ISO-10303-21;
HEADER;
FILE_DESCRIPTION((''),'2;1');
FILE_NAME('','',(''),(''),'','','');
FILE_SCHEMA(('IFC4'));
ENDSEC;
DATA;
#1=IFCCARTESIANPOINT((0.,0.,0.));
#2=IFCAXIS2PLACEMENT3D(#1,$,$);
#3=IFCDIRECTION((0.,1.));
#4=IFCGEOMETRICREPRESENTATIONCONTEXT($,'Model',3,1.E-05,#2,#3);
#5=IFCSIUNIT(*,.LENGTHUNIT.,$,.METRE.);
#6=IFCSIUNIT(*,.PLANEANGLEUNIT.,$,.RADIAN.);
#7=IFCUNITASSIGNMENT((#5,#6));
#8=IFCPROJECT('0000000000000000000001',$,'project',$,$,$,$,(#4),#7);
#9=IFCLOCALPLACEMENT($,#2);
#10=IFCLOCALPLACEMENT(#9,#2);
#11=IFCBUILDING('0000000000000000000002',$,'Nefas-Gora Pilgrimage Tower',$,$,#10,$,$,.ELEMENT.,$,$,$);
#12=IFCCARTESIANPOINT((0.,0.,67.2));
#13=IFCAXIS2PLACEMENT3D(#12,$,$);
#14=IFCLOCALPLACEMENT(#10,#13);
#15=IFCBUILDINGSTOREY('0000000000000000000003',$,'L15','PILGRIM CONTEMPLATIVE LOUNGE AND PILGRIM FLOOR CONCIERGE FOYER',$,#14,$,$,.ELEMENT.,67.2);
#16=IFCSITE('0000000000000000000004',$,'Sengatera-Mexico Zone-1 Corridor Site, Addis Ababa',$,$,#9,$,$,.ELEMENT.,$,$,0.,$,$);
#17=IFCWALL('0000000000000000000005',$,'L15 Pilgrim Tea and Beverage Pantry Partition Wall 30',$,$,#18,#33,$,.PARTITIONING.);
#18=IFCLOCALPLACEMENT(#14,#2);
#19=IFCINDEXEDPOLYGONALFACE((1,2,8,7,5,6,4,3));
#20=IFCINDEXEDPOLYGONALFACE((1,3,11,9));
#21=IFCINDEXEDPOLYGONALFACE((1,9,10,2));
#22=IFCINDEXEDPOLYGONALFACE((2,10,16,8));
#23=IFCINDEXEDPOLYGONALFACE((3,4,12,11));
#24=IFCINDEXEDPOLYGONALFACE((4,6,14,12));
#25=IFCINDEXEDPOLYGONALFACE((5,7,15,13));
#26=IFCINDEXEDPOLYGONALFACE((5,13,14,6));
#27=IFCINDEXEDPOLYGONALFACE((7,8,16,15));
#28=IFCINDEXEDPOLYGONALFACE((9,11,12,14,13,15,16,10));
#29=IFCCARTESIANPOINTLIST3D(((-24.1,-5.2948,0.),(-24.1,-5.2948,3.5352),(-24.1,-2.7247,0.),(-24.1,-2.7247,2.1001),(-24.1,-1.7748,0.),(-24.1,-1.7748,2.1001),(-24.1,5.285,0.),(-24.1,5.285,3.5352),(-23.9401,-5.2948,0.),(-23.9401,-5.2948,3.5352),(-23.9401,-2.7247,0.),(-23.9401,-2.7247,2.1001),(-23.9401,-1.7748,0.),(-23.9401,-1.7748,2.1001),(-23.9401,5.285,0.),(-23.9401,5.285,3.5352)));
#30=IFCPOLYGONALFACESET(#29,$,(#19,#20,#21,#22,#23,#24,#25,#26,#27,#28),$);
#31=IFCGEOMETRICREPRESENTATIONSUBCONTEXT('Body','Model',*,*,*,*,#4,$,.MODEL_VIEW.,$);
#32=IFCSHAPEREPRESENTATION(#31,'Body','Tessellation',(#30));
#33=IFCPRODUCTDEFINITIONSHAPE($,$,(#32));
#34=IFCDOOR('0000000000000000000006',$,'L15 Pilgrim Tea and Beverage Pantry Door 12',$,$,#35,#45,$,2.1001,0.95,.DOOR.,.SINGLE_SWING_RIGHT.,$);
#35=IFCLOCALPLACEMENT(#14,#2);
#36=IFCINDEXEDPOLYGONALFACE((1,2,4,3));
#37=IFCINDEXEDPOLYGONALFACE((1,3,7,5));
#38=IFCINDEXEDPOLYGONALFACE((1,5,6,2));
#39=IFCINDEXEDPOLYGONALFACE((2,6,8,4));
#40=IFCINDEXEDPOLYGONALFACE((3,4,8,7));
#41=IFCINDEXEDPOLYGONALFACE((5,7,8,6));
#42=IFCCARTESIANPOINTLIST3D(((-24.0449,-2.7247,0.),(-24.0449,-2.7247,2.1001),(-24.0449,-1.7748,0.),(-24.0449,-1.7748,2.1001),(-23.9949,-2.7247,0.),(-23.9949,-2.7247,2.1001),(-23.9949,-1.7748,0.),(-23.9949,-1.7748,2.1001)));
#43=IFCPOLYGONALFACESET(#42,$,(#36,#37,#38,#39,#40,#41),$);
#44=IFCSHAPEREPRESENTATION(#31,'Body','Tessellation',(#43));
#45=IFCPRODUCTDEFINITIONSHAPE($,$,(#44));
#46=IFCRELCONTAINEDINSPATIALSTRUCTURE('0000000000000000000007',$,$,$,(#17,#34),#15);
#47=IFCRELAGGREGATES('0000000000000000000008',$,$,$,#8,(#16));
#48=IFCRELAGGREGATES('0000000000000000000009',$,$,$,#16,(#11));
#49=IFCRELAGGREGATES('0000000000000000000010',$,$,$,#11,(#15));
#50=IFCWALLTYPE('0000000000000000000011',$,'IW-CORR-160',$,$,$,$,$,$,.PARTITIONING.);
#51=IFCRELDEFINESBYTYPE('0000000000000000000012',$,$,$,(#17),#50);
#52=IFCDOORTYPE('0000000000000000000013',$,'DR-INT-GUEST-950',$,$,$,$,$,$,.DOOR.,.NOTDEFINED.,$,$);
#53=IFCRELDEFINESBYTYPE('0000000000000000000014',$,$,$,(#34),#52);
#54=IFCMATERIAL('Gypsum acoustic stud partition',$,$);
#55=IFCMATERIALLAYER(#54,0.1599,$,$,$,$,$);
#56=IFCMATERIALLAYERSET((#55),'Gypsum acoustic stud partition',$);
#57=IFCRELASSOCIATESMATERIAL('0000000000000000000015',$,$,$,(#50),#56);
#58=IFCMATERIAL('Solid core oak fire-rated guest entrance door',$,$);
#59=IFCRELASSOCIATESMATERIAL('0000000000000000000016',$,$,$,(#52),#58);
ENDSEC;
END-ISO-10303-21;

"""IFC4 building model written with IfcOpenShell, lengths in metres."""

from ifc_helpers import new_model, si_unit, direction, frame, frame_2d, origin, place, context, subcontext, project, spatial, rectangle, extrude, source, transform, mapped, material, layer, layer_set, type_object, element, fill, save


model = new_model("IFC4")

# Units and contexts
model_context = context("Model", 3, precision=1e-05, world=origin(), true_north=direction((0.0, 1.0)))
body_context = subcontext(model_context, "Body", "Model", "MODEL_VIEW")
ifc_project = project(units=[si_unit("LENGTHUNIT", "METRE"), si_unit("PLANEANGLEUNIT", "RADIAN")], contexts=[model_context])

# Site, building, storey
site_placement = place(None, origin())
site = spatial("IfcSite", under=ifc_project, at=site_placement, Name="Sengatera-Mexico Zone-1 Corridor Site, Addis Ababa", CompositionType="ELEMENT", RefElevation=0.0)
building_placement = place(site_placement, origin())
building = spatial("IfcBuilding", under=site, at=building_placement, Name="Nefas-Gora Pilgrimage Tower", CompositionType="ELEMENT")
storey_placement = place(building_placement, frame((0.0, 0.0, 67.2)))
storey = spatial("IfcBuildingStorey", under=building, at=storey_placement, Name="L15", Description="PILGRIM CONTEMPLATIVE LOUNGE AND PILGRIM FLOOR CONCIERGE FOYER", CompositionType="ELEMENT", Elevation=67.2)

# Shared definitions
ifc_material_1 = material(Name="Gypsum acoustic stud partition")
ifc_layer_1 = layer(ifc_material_1, 0.1599)
ifc_layer_set_1 = layer_set([ifc_layer_1], Name="Gypsum acoustic stud partition")
wall_type_1 = type_object("IfcWallType", Name="IW-CORR-160", PredefinedType="PARTITIONING", material=ifc_layer_set_1)
ifc_material_2 = material(Name="Solid core oak fire-rated guest entrance door")
door_type = type_object("IfcDoorType", Name="DR-INT-GUEST-950", OperationType="NOTDEFINED", PredefinedType="DOOR", material=ifc_material_2)
shared_shape_1 = source(origin(), body_context, "Body", "SweptSolid", [
    extrude(rectangle(XDim=0.95, YDim=2.1001, at=frame_2d((0.4751, 1.05))), frame((0.0, 0.0249, 0.0), z_axis=(0.0, -1.0, 0.0), x_axis=(1.0, 0.0, 0.0)), (0.0, 0.0, 1.0), 0.05),
])

# Wall, opening, door
shared_shape_2 = source(origin(), body_context, "Body", "SweptSolid", [
    extrude(rectangle(XDim=10.5798, YDim=0.1599, at=frame_2d((5.29, 0.0))), origin(), (0.0, 0.0, 1.0), 3.5352),
])
wall_1_placement = place(storey_placement, frame((-24.02, -5.2949, 0.0), z_axis=(0.0, 0.0, 1.0), x_axis=(0.0, 1.0, 0.0)))
wall_1 = element("IfcWall", 1, at=wall_1_placement, inside=storey, type_object=wall_type_1, Name="L15 Pilgrim Tea and Beverage Pantry Partition Wall 30", PredefinedType="PARTITIONING", context=body_context, shape_type="MappedRepresentation", body=[
    mapped(shared_shape_2, transform((0.0, 0.0, 0.0), x_axis=(1.0, 0.0, 0.0), y_axis=(0.0, 1.0, 0.0), z_axis=(0.0, 0.0, 1.0), scale=1.0)),
])
opening_1_placement = place(wall_1_placement, frame((2.5701, 0.0, 0.0)))
opening_1 = element("IfcOpeningElement", 2, at=opening_1_placement, cuts=wall_1, PredefinedType="OPENING", context=body_context, shape_type="SweptSolid", body=[
    extrude(rectangle(XDim=0.95, YDim=2.1001, at=frame_2d((0.4751, 1.05))), frame((0.0, 0.0898, 0.0), z_axis=(0.0, -1.0, 0.0), x_axis=(1.0, 0.0, 0.0)), (0.0, 0.0, 1.0), 0.1799),
])
door_1_placement = place(opening_1_placement, origin())
door_1 = element("IfcDoor", 3, at=door_1_placement, inside=storey, type_object=door_type, Name="L15 Pilgrim Tea and Beverage Pantry Door 12", OperationType="SINGLE_SWING_RIGHT", OverallHeight=2.1001, OverallWidth=0.95, PredefinedType="DOOR", context=body_context, shape_type="MappedRepresentation", body=[
    mapped(shared_shape_1, transform((0.0, 0.0, 0.0), x_axis=(1.0, 0.0, 0.0), y_axis=(0.0, 1.0, 0.0), z_axis=(0.0, 0.0, 1.0), scale=1.0)),
])
fill(opening_1, door_1)

save(model, "model.ifc")
